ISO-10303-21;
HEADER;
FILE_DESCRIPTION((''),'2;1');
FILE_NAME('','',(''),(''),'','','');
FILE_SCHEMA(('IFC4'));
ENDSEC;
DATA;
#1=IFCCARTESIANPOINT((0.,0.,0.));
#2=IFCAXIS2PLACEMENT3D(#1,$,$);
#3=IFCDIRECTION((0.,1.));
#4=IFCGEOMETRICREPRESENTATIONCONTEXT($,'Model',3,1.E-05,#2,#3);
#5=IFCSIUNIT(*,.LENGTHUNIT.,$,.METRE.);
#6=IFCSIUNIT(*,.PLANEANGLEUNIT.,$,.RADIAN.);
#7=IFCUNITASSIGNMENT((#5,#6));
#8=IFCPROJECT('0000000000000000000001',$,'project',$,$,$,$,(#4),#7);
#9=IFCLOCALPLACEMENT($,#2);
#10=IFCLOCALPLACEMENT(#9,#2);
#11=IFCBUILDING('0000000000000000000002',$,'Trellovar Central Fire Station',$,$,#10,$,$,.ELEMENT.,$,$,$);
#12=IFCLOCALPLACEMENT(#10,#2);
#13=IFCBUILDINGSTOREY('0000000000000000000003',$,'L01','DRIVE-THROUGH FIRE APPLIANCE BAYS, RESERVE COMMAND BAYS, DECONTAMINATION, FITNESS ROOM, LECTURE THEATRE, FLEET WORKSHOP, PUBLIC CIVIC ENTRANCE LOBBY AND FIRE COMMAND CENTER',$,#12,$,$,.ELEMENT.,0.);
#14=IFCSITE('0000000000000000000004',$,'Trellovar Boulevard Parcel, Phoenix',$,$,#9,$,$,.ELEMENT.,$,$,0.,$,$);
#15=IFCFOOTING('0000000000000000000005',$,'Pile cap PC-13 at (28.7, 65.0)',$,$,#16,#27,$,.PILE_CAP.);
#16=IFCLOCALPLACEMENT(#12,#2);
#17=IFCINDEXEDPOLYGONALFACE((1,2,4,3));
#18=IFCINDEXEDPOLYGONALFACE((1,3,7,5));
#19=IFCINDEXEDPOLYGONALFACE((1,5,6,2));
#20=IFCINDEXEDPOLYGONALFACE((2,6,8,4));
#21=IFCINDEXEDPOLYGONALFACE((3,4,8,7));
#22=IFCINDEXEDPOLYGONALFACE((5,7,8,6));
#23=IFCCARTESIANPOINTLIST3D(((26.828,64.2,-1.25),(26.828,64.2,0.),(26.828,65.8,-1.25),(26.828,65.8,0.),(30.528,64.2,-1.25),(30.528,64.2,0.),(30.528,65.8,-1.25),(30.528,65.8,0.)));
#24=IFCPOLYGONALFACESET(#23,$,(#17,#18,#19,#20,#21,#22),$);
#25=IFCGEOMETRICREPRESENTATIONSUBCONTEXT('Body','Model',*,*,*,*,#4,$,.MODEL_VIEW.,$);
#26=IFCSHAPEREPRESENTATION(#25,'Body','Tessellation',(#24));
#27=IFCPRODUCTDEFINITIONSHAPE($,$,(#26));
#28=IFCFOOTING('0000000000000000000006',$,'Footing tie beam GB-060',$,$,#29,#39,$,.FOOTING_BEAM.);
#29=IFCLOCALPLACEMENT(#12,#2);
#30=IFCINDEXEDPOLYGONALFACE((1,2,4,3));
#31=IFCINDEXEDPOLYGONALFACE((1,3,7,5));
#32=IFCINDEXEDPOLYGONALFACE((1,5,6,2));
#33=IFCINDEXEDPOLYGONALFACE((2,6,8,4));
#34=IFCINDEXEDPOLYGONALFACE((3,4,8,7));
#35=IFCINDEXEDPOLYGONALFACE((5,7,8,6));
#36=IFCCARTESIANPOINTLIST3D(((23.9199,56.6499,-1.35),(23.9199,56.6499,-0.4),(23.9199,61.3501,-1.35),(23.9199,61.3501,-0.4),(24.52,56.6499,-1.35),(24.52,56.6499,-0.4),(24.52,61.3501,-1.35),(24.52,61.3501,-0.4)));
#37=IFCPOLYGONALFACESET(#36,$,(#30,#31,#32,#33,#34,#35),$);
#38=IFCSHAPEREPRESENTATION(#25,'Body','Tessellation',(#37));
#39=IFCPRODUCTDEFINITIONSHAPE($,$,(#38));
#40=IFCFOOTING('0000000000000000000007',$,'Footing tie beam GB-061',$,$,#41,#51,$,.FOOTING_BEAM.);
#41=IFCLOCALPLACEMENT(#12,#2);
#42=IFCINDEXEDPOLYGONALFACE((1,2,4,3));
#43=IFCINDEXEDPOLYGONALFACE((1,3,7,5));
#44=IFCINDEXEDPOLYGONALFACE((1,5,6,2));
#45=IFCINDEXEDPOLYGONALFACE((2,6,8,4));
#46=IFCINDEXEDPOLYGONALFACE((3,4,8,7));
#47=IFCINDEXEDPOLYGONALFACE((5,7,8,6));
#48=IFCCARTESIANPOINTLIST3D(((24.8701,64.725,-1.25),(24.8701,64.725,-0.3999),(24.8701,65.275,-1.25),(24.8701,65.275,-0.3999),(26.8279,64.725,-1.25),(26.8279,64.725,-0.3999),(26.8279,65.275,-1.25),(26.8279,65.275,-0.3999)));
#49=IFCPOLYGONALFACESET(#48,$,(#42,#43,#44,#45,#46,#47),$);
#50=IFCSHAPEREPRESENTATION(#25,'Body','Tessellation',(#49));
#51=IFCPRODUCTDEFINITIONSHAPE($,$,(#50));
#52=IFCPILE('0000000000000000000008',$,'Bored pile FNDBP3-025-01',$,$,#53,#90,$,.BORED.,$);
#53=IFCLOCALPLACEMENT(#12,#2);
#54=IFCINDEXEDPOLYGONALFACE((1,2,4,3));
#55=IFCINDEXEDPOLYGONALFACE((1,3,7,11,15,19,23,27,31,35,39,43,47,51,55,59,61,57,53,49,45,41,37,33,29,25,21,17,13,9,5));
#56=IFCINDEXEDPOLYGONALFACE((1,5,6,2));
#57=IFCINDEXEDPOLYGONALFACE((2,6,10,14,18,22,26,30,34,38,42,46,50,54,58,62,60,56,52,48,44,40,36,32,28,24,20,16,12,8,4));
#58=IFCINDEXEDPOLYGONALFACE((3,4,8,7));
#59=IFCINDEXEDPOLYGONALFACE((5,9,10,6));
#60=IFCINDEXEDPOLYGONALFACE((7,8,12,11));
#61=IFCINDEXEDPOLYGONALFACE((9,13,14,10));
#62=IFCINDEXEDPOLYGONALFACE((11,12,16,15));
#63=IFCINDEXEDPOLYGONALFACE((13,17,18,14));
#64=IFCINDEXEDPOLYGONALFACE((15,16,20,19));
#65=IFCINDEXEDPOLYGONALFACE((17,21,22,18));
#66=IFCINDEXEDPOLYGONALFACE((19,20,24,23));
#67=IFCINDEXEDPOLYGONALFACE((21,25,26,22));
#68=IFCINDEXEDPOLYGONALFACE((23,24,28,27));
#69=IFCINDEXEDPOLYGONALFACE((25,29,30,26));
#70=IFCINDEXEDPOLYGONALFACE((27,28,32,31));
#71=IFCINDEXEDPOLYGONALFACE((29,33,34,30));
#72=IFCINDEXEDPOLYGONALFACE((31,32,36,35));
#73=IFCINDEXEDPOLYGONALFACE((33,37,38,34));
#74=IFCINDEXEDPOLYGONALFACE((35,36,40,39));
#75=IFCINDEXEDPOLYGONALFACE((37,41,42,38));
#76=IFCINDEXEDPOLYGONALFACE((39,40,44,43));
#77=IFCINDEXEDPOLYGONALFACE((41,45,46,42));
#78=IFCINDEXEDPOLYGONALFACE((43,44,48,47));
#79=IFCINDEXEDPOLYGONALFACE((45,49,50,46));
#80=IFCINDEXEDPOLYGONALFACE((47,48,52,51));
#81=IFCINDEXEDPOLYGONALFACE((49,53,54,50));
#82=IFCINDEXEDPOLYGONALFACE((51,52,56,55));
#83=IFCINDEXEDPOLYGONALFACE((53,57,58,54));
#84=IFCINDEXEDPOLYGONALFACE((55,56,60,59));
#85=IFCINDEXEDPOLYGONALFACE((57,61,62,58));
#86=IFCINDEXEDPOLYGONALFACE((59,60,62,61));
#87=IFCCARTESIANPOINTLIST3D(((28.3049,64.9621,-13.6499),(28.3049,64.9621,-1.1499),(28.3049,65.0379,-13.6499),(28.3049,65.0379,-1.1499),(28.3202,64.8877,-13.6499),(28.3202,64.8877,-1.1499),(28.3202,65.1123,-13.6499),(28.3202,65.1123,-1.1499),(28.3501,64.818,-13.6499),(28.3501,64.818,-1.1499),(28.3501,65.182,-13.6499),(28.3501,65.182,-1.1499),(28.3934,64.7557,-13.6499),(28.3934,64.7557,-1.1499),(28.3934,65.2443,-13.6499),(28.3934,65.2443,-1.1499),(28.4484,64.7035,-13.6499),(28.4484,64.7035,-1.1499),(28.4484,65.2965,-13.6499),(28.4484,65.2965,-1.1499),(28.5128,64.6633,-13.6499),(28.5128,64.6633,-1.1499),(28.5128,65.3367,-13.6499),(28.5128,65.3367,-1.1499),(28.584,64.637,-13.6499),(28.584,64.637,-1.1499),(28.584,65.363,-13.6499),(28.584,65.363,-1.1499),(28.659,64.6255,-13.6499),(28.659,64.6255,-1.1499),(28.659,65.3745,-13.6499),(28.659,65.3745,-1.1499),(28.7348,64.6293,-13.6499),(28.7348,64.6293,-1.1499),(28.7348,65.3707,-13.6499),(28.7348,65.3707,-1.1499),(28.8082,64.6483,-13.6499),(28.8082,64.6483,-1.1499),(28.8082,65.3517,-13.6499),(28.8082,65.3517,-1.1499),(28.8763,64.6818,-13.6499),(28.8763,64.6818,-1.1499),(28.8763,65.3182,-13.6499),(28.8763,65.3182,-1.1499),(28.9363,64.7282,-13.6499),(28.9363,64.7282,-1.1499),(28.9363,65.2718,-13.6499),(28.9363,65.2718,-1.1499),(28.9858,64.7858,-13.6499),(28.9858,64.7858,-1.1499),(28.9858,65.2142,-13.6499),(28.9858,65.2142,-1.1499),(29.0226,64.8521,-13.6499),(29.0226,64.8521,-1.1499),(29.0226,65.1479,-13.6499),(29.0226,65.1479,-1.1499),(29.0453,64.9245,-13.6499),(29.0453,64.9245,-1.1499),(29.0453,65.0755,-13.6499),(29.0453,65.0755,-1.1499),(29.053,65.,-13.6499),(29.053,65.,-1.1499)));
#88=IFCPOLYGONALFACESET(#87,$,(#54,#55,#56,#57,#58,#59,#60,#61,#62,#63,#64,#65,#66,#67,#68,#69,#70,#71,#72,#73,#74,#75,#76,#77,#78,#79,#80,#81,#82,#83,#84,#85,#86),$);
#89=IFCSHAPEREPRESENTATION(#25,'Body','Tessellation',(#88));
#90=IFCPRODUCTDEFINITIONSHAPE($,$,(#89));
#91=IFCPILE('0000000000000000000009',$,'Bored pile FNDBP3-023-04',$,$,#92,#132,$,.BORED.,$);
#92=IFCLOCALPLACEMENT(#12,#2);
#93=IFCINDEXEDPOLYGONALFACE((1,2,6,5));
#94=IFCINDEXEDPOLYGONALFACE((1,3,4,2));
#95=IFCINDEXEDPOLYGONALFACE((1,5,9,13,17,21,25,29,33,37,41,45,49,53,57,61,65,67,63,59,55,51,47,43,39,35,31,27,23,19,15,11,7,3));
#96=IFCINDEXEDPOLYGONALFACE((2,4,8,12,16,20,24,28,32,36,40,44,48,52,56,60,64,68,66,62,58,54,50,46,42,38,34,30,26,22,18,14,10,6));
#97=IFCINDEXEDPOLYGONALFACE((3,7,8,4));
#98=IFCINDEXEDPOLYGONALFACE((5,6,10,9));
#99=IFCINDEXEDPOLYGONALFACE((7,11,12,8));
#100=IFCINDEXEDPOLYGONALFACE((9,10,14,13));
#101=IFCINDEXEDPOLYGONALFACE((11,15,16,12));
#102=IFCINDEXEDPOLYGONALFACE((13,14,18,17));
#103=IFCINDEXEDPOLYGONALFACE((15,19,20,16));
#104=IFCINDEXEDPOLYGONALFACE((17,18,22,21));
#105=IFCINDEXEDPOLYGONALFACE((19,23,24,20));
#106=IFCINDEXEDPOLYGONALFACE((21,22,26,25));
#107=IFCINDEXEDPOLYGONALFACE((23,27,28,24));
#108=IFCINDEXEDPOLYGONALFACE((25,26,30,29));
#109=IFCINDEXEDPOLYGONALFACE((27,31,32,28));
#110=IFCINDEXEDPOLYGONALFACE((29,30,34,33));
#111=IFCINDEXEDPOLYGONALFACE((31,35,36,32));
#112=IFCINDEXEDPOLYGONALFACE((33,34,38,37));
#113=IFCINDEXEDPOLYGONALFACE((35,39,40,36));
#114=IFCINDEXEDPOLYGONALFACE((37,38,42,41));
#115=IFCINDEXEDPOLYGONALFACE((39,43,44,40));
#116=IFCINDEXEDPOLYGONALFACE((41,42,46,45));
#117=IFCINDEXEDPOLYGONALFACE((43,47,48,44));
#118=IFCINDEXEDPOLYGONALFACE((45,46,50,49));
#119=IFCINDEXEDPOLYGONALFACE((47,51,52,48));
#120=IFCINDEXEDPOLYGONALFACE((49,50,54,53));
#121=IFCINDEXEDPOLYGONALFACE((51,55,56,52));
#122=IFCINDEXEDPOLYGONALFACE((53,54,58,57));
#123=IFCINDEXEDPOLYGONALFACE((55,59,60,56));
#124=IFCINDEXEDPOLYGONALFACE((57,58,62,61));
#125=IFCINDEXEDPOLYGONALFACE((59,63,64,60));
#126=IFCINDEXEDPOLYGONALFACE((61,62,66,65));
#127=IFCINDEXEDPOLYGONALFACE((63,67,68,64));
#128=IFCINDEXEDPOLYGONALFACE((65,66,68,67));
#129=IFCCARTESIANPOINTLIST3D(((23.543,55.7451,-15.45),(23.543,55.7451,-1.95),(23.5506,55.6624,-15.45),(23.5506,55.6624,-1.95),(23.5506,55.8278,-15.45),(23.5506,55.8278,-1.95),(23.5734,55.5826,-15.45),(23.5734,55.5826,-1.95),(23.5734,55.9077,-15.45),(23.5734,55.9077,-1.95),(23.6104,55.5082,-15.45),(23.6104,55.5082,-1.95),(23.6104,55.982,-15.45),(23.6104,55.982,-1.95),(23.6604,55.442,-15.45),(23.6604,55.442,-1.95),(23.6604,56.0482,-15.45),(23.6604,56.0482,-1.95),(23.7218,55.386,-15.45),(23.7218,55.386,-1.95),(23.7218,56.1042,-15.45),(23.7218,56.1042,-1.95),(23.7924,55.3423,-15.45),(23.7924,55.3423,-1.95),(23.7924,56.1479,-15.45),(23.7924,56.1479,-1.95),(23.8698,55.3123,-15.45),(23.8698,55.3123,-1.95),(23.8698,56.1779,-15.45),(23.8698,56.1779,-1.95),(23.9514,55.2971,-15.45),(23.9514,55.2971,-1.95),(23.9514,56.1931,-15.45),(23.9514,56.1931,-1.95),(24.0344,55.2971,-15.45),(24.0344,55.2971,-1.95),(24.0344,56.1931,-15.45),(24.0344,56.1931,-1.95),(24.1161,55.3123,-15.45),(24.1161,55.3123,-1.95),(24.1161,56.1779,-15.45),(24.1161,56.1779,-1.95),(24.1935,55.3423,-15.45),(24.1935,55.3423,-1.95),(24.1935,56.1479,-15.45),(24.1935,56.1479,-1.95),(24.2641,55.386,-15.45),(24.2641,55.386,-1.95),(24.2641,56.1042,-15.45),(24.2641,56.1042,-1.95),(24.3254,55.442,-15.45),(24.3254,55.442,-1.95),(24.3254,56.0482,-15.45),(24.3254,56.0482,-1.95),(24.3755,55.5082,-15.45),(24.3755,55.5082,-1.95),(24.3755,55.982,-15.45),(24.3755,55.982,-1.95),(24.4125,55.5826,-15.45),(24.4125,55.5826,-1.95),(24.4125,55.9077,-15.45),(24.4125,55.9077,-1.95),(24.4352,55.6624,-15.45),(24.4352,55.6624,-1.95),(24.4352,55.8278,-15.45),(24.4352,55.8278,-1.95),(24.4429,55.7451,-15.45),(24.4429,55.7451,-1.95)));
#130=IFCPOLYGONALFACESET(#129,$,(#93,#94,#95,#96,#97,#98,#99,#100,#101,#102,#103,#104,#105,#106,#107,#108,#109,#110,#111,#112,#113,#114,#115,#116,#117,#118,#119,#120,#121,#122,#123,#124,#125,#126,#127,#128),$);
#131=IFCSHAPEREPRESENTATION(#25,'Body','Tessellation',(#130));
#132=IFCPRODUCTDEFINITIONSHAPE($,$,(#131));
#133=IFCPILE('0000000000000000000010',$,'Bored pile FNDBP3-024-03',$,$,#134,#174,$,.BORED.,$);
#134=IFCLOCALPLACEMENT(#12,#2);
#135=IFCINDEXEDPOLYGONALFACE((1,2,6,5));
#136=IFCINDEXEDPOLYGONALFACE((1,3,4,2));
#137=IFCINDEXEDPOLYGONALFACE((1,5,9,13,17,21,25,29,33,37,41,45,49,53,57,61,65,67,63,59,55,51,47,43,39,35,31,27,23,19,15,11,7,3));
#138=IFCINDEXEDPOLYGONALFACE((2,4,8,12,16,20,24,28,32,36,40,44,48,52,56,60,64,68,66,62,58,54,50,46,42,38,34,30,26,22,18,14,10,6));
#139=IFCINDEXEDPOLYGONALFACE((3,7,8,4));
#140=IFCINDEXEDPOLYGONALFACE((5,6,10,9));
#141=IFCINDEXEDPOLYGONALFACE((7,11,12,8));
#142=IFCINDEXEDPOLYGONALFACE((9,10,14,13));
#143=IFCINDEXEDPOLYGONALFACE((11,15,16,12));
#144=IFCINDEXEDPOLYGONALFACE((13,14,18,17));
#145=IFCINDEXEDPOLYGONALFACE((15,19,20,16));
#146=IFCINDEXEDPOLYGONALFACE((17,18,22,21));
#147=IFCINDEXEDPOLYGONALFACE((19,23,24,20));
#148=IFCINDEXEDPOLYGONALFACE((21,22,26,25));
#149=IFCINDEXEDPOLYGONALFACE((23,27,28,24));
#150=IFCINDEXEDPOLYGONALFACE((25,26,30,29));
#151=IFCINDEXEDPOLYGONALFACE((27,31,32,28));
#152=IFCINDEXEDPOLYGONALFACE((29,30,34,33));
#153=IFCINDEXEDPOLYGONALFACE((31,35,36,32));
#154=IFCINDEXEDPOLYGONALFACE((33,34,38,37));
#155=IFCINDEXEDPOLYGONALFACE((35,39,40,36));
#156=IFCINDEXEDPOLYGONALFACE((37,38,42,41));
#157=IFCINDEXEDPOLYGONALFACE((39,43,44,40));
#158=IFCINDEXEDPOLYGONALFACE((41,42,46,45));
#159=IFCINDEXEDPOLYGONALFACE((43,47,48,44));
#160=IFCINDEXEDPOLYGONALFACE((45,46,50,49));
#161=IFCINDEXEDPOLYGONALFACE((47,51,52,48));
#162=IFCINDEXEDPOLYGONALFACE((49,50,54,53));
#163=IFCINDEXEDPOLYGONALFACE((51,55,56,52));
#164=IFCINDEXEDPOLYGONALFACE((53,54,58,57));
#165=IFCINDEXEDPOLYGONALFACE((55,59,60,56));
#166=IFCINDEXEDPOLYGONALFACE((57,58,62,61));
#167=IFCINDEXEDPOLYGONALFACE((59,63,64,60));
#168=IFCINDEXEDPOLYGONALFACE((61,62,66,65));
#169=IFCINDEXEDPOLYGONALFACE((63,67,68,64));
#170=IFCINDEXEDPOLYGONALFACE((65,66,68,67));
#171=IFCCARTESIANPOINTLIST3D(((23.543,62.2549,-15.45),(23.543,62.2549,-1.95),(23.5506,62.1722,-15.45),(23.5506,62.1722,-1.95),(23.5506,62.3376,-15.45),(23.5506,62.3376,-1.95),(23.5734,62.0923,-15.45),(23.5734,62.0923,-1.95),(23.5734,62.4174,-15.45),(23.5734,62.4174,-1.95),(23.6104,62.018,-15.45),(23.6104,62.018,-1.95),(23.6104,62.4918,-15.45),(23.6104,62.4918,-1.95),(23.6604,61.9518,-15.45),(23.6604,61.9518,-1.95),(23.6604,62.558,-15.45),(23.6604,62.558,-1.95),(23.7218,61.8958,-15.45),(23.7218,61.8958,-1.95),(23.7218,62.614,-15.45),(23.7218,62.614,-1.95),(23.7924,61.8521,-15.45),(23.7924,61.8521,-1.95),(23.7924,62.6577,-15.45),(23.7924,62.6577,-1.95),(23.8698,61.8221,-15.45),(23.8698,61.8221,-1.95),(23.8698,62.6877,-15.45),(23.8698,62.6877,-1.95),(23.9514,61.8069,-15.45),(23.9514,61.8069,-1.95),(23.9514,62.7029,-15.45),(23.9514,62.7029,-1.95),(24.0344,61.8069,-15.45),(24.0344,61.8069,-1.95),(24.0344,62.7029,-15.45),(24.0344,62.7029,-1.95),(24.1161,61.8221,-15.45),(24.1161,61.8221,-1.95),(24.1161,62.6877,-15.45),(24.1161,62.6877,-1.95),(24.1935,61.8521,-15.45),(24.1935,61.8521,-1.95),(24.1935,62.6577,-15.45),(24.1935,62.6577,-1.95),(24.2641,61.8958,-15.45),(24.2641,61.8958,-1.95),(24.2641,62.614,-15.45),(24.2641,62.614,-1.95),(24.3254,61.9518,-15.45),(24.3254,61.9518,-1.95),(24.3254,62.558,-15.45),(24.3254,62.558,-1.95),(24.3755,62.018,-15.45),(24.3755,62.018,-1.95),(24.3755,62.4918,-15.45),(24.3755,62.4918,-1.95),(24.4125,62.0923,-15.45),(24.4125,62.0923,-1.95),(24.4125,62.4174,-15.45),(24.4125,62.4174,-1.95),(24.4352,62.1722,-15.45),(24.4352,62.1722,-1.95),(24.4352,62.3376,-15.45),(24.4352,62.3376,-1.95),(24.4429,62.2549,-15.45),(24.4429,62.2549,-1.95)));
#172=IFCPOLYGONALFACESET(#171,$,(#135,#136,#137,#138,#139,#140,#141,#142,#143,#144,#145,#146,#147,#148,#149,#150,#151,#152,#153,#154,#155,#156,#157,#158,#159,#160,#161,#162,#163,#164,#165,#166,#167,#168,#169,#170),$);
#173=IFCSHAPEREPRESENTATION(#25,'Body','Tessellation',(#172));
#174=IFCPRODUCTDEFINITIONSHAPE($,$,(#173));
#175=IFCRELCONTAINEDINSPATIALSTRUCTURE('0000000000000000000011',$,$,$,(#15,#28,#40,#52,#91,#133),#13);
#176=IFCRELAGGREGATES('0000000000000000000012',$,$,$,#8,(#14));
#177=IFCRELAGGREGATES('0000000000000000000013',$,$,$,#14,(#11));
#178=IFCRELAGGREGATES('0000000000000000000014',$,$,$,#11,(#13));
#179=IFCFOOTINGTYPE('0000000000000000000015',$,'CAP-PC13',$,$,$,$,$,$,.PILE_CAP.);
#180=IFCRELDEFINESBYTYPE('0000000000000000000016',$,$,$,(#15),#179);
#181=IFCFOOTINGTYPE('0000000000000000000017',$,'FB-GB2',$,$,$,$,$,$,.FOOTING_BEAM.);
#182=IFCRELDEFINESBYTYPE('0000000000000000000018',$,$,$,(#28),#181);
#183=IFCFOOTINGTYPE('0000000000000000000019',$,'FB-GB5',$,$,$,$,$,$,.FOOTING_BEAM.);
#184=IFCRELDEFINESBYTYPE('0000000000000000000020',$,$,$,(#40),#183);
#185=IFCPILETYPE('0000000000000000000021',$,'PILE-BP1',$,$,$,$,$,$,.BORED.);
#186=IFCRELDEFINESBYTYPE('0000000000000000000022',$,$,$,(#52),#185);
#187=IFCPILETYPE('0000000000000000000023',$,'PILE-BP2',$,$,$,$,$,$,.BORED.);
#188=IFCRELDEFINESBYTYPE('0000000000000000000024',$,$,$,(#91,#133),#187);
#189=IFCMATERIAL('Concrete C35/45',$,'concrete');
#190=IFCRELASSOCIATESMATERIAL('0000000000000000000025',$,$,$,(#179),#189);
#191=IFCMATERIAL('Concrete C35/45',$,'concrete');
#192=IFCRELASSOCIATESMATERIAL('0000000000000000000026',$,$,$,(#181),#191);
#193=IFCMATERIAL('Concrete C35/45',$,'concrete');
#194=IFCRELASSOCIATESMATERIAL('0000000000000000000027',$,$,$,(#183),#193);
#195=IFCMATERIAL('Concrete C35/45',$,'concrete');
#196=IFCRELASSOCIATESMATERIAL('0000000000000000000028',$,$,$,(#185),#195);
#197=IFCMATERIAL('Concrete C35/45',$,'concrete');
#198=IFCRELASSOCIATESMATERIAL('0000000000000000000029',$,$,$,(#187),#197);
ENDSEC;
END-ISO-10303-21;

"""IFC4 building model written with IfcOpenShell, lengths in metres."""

from ifc_helpers import new_model, si_unit, direction, frame, origin, origin_2d, place, context, subcontext, project, spatial, rectangle, circle, extrude, material, material_profile, profile_set, type_object, element, save


model = new_model("IFC4")

# Units and contexts
model_context = context("Model", 3, precision=1e-05, world=origin(), true_north=direction((0.0, 1.0)))
body_context = subcontext(model_context, "Body", "Model", "MODEL_VIEW")
ifc_project = project(units=[si_unit("LENGTHUNIT", "METRE"), si_unit("PLANEANGLEUNIT", "RADIAN")], contexts=[model_context])

# Site, building, storey
site_placement = place(None, origin())
site = spatial("IfcSite", under=ifc_project, at=site_placement, Name="Trellovar Boulevard Parcel, Phoenix", CompositionType="ELEMENT", RefElevation=0.0)
building_placement = place(site_placement, origin())
building = spatial("IfcBuilding", under=site, at=building_placement, Name="Trellovar Central Fire Station", CompositionType="ELEMENT")
storey_placement = place(building_placement, origin())
storey = spatial("IfcBuildingStorey", under=building, at=storey_placement, Name="L01", Description="DRIVE-THROUGH FIRE APPLIANCE BAYS, RESERVE COMMAND BAYS, DECONTAMINATION, FITNESS ROOM, LECTURE THEATRE, FLEET WORKSHOP, PUBLIC CIVIC ENTRANCE LOBBY AND FIRE COMMAND CENTER", CompositionType="ELEMENT", Elevation=0.0)

# Footings
ifc_material_1 = material(Name="Concrete C35/45", Category="concrete")
footing_type_1 = type_object("IfcFootingType", Name="CAP-PC13", PredefinedType="PILE_CAP", material=ifc_material_1)
footing_1_placement = place(storey_placement, frame((28.678, 65.0, -1.25), z_axis=(0.0, 0.0, 1.0), x_axis=(1.0, 0.0, 0.0)))
element("IfcFooting", 1, at=footing_1_placement, inside=storey, type_object=footing_type_1, Name="Pile cap PC-13 at (28.7, 65.0)", PredefinedType="PILE_CAP", context=body_context, shape_type="SweptSolid", body=[
    extrude(rectangle(XDim=3.7, YDim=1.6001, at=origin_2d()), origin(), (0.0, 0.0, 1.0), 1.25),
])
ifc_material_2 = material(Name="Concrete C35/45", Category="concrete")
ifc_material_profile_1 = material_profile(ifc_material_2, rectangle(XDim=0.6001, YDim=0.95, at=origin_2d()), Name="RC600X950")
ifc_profile_set_1 = profile_set([ifc_material_profile_1], Name="Concrete C35/45")
footing_type_2 = type_object("IfcFootingType", Name="FB-GB2", PredefinedType="FOOTING_BEAM", material=ifc_profile_set_1)
footing_2_placement = place(storey_placement, frame((24.22, 56.6499, -0.875), z_axis=(0.0, 1.0, 0.0), x_axis=(-1.0, 0.0, 0.0)))
element("IfcFooting", 2, at=footing_2_placement, inside=storey, type_object=footing_type_2, Name="Footing tie beam GB-060", PredefinedType="FOOTING_BEAM", context=body_context, shape_type="SweptSolid", body=[
    extrude(rectangle(XDim=0.6001, YDim=0.95, at=origin_2d()), origin(), (0.0, 0.0, 1.0), 4.7002),
])
ifc_material_3 = material(Name="Concrete C35/45", Category="concrete")
ifc_material_profile_2 = material_profile(ifc_material_3, rectangle(XDim=0.55, YDim=0.8501, at=origin_2d()), Name="RC550X850")
ifc_profile_set_2 = profile_set([ifc_material_profile_2], Name="Concrete C35/45")
footing_type_3 = type_object("IfcFootingType", Name="FB-GB5", PredefinedType="FOOTING_BEAM", material=ifc_profile_set_2)
footing_3_placement = place(storey_placement, frame((24.8701, 65.0, -0.825), z_axis=(1.0, 0.0, 0.0), x_axis=(0.0, 1.0, 0.0)))
element("IfcFooting", 3, at=footing_3_placement, inside=storey, type_object=footing_type_3, Name="Footing tie beam GB-061", PredefinedType="FOOTING_BEAM", context=body_context, shape_type="SweptSolid", body=[
    extrude(rectangle(XDim=0.55, YDim=0.8501, at=origin_2d()), origin(), (0.0, 0.0, 1.0), 1.9578),
])

# Piles
ifc_material_4 = material(Name="Concrete C35/45", Category="concrete")
ifc_material_profile_3 = material_profile(ifc_material_4, circle(Radius=0.375, at=origin_2d()), Name="PILE750")
ifc_profile_set_3 = profile_set([ifc_material_profile_3], Name="Concrete C35/45")
pile_type_1 = type_object("IfcPileType", Name="PILE-BP1", PredefinedType="BORED", material=ifc_profile_set_3)
pile_placement = place(storey_placement, frame((28.678, 65.0, -1.1499), z_axis=(0.0, 0.0, -1.0), x_axis=(1.0, 0.0, 0.0)))
element("IfcPile", 4, at=pile_placement, inside=storey, type_object=pile_type_1, Name="Bored pile FNDBP3-025-01", PredefinedType="BORED", context=body_context, shape_type="SweptSolid", body=[
    extrude(circle(Radius=0.375, at=origin_2d()), origin(), (0.0, 0.0, 1.0), 12.5),
])
ifc_material_5 = material(Name="Concrete C35/45", Category="concrete")
ifc_material_profile_4 = material_profile(ifc_material_5, circle(Radius=0.45, at=origin_2d()), Name="PILE900")
ifc_profile_set_4 = profile_set([ifc_material_profile_4], Name="Concrete C35/45")
pile_type_2 = type_object("IfcPileType", Name="PILE-BP2", PredefinedType="BORED", material=ifc_profile_set_4)
for number, where, z_axis, x_axis, name in (
    (5, (23.9929, 55.7451, -1.95), (0.0, 0.0, -1.0), (1.0, 0.0, 0.0), "Bored pile FNDBP3-023-04"),
    (6, (23.9929, 62.2549, -1.95), (0.0, 0.0, -1.0), (1.0, 0.0, 0.0), "Bored pile FNDBP3-024-03"),
):
    element("IfcPile", number, at=place(storey_placement, frame(where, z_axis=z_axis, x_axis=x_axis)), inside=storey, type_object=pile_type_2, Name=name, PredefinedType="BORED", context=body_context, shape_type="SweptSolid", body=[
        extrude(circle(Radius=0.45, at=origin_2d()), origin(), (0.0, 0.0, 1.0), 13.5),
    ])

save(model, "model.ifc")
